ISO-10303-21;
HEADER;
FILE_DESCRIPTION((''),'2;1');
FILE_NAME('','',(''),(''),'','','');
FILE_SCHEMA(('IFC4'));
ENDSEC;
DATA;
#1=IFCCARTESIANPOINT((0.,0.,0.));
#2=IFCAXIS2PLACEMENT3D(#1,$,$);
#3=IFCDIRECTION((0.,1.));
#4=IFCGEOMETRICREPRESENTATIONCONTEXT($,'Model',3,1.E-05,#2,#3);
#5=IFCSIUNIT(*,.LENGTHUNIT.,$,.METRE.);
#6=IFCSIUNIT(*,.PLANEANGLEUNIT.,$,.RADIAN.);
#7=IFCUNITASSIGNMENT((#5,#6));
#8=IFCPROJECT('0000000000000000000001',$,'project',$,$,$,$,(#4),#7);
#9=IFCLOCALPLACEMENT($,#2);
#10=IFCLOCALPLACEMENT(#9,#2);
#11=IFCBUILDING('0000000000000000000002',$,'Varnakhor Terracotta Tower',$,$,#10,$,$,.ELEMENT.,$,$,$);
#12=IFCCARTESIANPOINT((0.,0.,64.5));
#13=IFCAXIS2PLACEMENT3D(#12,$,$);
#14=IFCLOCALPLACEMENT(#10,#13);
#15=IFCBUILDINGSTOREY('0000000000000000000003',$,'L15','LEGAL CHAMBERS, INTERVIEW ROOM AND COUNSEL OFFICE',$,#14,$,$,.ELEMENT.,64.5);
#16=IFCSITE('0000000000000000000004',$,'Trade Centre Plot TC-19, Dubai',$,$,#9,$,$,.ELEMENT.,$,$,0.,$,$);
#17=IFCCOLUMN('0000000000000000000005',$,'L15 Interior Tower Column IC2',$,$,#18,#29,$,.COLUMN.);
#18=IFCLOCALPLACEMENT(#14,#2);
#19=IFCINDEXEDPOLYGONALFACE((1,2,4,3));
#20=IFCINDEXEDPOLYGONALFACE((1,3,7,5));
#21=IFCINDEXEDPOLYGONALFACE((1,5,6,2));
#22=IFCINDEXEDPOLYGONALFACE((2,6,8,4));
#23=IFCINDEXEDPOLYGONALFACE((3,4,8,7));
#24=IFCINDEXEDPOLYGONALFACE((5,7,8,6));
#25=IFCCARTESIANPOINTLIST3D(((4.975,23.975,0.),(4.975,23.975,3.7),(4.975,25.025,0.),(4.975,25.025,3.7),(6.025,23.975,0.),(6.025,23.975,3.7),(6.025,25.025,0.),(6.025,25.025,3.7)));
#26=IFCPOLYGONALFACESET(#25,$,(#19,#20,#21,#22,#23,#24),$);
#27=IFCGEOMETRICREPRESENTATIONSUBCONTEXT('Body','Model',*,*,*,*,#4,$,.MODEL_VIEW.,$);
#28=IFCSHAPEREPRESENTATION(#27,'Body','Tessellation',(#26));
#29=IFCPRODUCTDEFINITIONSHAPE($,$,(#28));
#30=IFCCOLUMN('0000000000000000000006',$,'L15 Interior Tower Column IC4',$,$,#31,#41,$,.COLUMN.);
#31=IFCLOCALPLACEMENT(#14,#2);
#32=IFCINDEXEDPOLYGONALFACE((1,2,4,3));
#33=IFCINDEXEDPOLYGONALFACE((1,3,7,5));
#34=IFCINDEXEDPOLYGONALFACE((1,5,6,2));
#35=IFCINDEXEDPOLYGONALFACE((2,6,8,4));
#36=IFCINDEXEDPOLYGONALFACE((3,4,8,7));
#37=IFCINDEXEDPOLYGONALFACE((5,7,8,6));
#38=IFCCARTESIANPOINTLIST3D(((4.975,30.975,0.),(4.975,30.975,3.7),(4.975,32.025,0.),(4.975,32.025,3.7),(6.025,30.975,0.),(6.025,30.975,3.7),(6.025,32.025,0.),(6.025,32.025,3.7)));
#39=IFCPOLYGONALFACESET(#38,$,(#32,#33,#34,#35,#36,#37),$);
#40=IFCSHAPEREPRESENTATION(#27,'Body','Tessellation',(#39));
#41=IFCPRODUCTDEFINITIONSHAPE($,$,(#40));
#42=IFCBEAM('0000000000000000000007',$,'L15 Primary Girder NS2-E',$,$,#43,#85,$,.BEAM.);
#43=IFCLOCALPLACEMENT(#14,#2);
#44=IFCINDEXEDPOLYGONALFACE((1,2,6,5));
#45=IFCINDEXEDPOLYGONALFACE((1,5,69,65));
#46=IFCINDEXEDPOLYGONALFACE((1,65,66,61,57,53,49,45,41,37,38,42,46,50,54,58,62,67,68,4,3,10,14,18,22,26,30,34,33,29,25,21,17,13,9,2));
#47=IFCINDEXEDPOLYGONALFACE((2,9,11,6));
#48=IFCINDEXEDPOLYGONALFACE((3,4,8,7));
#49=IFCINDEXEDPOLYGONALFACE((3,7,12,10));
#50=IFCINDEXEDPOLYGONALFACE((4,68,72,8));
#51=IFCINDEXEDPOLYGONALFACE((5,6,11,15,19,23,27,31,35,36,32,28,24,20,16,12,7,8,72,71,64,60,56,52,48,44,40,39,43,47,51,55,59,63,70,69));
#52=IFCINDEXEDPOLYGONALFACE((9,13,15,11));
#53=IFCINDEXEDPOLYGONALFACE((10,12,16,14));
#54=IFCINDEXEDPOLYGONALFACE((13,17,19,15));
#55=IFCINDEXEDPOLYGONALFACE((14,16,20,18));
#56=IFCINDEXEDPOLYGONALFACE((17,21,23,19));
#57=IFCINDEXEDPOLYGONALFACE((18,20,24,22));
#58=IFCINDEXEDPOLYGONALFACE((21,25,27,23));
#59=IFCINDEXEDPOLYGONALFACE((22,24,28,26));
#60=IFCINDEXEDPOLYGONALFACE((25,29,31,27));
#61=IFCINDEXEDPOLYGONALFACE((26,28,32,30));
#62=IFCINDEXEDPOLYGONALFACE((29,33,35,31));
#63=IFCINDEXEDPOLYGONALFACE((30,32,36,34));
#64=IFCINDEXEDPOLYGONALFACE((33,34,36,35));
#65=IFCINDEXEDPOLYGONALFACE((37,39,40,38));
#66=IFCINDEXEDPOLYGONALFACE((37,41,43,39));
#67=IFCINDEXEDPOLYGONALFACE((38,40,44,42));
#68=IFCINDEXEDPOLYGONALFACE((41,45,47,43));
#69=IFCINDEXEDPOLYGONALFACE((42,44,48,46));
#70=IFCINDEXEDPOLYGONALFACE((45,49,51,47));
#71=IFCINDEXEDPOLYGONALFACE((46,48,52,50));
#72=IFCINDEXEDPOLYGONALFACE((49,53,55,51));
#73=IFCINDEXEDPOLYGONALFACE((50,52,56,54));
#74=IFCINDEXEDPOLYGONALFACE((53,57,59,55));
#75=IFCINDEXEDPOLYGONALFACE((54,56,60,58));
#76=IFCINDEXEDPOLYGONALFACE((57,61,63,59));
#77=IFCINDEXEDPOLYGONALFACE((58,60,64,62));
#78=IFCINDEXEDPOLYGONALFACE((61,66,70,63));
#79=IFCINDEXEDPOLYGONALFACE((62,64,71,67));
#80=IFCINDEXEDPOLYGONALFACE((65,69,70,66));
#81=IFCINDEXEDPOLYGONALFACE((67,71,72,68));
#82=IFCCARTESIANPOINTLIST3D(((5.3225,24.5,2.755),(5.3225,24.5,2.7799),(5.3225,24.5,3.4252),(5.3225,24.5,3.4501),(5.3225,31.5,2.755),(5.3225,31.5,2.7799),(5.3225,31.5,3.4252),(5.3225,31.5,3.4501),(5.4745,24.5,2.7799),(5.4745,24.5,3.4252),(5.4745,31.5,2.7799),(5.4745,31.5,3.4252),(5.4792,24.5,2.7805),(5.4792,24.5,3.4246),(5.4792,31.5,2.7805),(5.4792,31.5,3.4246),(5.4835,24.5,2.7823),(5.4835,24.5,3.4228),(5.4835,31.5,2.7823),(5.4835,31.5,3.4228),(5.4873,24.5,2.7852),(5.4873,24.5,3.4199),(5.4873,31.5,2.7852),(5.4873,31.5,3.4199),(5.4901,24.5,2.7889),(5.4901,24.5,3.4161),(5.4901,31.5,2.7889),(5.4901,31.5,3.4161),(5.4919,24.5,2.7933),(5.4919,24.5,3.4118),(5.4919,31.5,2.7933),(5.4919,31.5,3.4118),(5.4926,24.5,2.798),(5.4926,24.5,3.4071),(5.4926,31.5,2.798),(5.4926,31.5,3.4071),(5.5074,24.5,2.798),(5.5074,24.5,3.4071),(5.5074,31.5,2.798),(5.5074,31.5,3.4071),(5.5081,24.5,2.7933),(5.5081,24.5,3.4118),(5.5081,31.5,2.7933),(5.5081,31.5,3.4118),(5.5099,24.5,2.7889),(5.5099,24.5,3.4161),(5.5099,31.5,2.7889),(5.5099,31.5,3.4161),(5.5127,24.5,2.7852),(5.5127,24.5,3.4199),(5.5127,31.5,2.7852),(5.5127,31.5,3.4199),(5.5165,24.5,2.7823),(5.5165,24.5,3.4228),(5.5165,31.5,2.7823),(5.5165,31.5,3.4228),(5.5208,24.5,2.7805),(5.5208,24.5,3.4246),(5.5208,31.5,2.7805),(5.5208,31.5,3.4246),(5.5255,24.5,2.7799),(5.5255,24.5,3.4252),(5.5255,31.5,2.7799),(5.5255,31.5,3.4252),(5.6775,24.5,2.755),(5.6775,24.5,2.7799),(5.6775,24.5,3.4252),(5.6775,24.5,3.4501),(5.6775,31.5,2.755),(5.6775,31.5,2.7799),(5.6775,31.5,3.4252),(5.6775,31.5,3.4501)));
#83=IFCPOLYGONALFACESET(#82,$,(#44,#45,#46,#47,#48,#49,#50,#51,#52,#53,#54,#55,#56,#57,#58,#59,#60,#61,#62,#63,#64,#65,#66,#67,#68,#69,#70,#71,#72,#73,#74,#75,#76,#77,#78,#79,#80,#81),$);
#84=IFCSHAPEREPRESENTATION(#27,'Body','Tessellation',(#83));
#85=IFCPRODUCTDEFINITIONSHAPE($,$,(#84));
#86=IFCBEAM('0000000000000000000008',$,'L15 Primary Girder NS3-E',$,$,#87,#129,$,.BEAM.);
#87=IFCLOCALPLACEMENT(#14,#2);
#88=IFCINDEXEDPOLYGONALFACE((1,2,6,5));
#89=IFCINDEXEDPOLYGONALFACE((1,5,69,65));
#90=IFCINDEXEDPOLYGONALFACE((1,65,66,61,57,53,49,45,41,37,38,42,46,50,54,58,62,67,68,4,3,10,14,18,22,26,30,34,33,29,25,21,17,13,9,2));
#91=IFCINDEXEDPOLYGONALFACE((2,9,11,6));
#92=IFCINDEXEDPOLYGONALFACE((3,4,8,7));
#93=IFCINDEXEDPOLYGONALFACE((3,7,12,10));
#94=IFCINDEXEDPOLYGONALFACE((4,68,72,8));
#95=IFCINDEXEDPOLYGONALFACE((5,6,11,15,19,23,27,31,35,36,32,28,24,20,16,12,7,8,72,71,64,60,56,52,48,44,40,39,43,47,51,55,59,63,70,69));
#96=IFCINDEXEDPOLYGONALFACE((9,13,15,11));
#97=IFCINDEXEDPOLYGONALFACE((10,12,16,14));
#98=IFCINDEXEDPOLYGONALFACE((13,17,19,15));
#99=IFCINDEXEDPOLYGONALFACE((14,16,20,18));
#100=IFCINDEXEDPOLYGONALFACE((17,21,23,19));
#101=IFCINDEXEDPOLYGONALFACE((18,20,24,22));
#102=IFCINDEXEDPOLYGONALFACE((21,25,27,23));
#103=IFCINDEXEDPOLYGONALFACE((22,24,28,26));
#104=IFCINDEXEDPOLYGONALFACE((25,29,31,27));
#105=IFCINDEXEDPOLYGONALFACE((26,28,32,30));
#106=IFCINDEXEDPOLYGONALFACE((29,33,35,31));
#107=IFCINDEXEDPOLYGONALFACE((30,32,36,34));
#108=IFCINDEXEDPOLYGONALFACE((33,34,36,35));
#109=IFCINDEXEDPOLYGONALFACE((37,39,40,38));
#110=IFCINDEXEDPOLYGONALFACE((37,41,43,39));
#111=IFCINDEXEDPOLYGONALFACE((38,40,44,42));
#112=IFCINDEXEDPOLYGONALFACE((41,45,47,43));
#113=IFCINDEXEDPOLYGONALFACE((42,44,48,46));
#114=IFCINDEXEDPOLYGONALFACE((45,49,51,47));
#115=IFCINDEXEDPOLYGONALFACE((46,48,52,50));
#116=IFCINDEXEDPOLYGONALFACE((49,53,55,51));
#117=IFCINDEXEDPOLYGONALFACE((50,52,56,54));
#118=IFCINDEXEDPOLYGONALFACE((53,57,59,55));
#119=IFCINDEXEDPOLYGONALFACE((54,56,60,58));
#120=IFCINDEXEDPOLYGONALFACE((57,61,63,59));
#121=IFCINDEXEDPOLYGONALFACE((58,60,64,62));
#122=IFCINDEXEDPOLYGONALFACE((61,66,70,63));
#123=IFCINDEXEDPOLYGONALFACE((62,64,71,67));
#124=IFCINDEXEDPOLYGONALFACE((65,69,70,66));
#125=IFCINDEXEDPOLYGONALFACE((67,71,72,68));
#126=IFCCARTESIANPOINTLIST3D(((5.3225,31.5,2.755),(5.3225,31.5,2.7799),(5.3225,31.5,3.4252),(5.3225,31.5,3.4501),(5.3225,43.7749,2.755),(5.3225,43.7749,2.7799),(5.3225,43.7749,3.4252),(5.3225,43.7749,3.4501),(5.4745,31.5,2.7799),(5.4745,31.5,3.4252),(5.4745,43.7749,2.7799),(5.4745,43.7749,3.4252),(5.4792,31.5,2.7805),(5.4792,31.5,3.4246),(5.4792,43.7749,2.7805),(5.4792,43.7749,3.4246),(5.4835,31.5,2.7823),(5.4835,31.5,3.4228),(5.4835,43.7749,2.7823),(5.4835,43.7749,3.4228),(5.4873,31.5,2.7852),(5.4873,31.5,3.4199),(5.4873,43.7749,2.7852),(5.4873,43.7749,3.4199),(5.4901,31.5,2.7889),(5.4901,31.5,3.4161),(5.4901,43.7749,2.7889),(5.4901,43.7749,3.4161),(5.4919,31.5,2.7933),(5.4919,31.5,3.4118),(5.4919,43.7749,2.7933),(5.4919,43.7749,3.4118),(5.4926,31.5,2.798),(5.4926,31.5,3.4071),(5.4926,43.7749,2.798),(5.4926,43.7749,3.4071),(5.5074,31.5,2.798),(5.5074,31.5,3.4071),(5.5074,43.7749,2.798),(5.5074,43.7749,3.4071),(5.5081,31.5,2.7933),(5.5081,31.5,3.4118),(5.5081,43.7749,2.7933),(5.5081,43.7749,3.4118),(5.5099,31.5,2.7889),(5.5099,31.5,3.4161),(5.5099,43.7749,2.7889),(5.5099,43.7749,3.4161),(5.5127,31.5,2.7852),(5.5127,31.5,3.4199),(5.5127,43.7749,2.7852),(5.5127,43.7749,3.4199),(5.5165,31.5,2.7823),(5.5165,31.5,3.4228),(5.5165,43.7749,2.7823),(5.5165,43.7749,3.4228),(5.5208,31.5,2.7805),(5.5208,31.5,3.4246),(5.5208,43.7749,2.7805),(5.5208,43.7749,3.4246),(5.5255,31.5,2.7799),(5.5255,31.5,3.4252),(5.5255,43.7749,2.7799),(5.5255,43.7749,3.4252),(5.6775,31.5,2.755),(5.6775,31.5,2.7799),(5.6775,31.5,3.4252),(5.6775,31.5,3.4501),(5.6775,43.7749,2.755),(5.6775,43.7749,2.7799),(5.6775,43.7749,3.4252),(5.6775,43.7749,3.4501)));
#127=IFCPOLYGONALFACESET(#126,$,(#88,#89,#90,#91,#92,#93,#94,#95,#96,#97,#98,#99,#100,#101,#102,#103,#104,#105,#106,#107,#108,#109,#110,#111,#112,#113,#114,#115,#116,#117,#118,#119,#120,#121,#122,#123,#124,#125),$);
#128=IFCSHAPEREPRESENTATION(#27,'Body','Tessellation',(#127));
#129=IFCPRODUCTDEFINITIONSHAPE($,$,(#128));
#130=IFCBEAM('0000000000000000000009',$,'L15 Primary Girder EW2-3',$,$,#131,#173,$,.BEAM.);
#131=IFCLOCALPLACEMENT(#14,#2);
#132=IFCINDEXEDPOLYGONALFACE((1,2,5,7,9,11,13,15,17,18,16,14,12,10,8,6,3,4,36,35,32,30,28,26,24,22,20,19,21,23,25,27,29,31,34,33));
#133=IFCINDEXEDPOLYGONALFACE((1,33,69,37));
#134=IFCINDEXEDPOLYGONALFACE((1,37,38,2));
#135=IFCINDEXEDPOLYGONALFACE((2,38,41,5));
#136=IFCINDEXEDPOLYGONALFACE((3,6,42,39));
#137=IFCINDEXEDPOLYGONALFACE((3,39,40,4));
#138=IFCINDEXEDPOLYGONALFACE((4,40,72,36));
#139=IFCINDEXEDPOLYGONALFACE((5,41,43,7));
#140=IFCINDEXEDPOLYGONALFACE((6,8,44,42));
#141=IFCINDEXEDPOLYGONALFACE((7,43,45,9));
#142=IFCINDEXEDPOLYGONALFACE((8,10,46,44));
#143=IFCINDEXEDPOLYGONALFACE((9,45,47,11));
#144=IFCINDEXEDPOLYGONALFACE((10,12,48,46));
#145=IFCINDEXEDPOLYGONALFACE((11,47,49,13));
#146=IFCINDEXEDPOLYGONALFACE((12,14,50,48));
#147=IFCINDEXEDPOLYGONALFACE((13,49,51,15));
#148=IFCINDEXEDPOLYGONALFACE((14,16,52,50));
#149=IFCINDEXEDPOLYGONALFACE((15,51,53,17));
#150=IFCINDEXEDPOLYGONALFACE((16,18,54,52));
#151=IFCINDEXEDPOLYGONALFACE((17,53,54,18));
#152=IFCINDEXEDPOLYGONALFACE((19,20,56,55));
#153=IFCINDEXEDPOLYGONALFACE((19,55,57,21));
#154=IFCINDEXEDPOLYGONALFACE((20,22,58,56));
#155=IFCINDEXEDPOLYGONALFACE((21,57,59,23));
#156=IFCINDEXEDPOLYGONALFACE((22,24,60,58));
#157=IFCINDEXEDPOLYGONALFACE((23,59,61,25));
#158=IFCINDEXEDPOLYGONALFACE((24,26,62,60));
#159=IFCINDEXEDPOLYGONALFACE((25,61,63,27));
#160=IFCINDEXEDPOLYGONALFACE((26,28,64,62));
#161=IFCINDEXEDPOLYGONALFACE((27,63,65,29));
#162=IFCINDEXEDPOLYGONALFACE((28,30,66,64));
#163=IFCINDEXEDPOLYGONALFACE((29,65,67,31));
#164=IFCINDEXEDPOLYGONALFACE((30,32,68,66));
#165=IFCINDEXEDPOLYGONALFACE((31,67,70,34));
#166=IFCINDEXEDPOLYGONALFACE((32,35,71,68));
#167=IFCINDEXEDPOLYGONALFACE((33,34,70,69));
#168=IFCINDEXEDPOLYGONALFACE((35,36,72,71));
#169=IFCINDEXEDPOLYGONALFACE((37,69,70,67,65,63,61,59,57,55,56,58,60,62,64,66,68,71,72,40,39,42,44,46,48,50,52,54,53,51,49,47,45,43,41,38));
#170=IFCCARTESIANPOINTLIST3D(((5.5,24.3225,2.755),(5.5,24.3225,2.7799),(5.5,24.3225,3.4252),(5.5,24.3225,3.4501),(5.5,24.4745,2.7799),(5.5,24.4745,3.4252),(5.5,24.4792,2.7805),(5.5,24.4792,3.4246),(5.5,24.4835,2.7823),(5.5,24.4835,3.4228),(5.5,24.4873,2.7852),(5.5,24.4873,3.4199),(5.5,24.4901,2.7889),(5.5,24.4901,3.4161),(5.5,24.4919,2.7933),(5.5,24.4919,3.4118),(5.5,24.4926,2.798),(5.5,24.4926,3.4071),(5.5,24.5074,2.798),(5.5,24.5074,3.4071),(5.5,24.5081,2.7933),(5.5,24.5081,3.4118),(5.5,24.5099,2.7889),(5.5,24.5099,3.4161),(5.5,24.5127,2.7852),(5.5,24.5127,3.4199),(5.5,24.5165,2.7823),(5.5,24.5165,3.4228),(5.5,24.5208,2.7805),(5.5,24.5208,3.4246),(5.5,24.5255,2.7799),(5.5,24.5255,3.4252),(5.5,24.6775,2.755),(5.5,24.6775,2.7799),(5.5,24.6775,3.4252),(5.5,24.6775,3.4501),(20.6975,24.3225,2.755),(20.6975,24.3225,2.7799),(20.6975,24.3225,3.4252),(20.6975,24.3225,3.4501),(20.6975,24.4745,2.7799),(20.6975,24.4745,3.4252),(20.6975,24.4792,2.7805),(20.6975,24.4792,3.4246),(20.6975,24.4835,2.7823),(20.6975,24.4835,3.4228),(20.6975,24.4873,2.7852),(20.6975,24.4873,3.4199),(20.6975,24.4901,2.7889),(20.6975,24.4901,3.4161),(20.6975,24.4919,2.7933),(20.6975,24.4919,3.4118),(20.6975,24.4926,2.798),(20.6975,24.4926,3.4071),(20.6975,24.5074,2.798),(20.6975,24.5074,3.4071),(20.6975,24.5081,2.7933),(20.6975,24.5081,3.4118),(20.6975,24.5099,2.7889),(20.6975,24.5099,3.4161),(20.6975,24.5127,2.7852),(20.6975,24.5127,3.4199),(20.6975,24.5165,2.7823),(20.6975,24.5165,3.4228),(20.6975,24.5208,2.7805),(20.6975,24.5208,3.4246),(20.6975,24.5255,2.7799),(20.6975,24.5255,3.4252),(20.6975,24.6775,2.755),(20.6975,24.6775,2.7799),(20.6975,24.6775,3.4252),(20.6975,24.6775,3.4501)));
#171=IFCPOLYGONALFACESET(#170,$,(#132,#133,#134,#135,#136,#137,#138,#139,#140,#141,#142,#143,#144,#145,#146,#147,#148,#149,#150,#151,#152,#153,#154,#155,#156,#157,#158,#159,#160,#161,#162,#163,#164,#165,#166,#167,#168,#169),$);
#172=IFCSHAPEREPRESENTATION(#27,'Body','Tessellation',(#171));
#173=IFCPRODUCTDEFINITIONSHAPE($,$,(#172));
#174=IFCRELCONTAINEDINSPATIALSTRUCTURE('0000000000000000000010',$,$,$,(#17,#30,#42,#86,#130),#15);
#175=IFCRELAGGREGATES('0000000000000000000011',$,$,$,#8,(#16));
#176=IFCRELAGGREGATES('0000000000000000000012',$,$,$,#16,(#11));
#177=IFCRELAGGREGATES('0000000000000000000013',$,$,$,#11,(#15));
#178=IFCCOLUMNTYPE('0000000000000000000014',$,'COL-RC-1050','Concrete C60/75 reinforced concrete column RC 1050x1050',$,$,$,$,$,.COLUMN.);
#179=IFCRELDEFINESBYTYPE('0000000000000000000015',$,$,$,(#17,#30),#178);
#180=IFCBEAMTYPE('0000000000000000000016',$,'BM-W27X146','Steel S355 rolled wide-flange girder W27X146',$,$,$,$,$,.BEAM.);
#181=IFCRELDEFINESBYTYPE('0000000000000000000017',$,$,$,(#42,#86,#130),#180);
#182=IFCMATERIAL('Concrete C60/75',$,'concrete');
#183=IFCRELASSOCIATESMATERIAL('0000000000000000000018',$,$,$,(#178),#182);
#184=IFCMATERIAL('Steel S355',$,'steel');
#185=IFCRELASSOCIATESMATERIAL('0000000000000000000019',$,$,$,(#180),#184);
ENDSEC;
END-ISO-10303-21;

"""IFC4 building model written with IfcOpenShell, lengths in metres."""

from ifc_helpers import new_model, si_unit, direction, frame, origin, origin_2d, place, context, subcontext, project, spatial, rectangle, i_section, extrude, source, transform, mapped, material, material_profile, profile_set, type_object, element, save


model = new_model("IFC4")

# Units and contexts
model_context = context("Model", 3, precision=1e-05, world=origin(), true_north=direction((0.0, 1.0)))
body_context = subcontext(model_context, "Body", "Model", "MODEL_VIEW")
ifc_project = project(units=[si_unit("LENGTHUNIT", "METRE"), si_unit("PLANEANGLEUNIT", "RADIAN")], contexts=[model_context])

# Site, building, storey
site_placement = place(None, origin())
site = spatial("IfcSite", under=ifc_project, at=site_placement, Name="Trade Centre Plot TC-19, Dubai", CompositionType="ELEMENT", RefElevation=0.0)
building_placement = place(site_placement, origin())
building = spatial("IfcBuilding", under=site, at=building_placement, Name="Varnakhor Terracotta Tower", CompositionType="ELEMENT")
storey_placement = place(building_placement, frame((0.0, 0.0, 64.5)))
storey = spatial("IfcBuildingStorey", under=building, at=storey_placement, Name="L15", Description="LEGAL CHAMBERS, INTERVIEW ROOM AND COUNSEL OFFICE", CompositionType="ELEMENT", Elevation=64.5)

# Columns
ifc_material_1 = material(Name="Concrete C60/75", Category="concrete")
ifc_material_profile_1 = material_profile(ifc_material_1, rectangle(XDim=1.05, YDim=1.05, at=origin_2d()), Name="RC 1050x1050")
ifc_profile_set_1 = profile_set([ifc_material_profile_1], Name="Concrete C60/75")
column_type = type_object("IfcColumnType", Name="COL-RC-1050", Description="Concrete C60/75 reinforced concrete column RC 1050x1050", PredefinedType="COLUMN", material=ifc_profile_set_1)
shared_shape_1 = source(origin(), body_context, "Body", "SweptSolid", [
    extrude(rectangle(XDim=1.05, YDim=1.05, at=origin_2d()), origin(), (0.0, 0.0, 1.0), 3.7),
])
for number, where, z_axis, x_axis, name in (
    (1, (5.5, 24.5, 0.0), (0.0, 0.0, 1.0), (1.0, 0.0, 0.0), "L15 Interior Tower Column IC2"),
    (2, (5.5, 31.5, 0.0), (0.0, 0.0, 1.0), (1.0, 0.0, 0.0), "L15 Interior Tower Column IC4"),
):
    element("IfcColumn", number, at=place(storey_placement, frame(where, z_axis=z_axis, x_axis=x_axis)), inside=storey, type_object=column_type, Name=name, PredefinedType="COLUMN", context=body_context, shape_type="MappedRepresentation", body=[
        mapped(shared_shape_1, transform((0.0, 0.0, 0.0), scale=1.0)),
    ])

# Beams
ifc_material_2 = material(Name="Steel S355", Category="steel")
ifc_material_profile_2 = material_profile(ifc_material_2, i_section(OverallWidth=0.355, OverallDepth=0.6951, WebThickness=0.0149, FlangeThickness=0.0249, FilletRadius=0.0181, at=origin_2d()), Name="W27X146")
ifc_profile_set_2 = profile_set([ifc_material_profile_2], Name="Steel S355")
beam_type_1 = type_object("IfcBeamType", Name="BM-W27X146", Description="Steel S355 rolled wide-flange girder W27X146", PredefinedType="BEAM", material=ifc_profile_set_2)
shared_shape_2 = source(origin(), body_context, "Body", "SweptSolid", [
    extrude(i_section(OverallWidth=0.355, OverallDepth=0.6951, WebThickness=0.0149, FlangeThickness=0.0249, FilletRadius=0.0181, at=origin_2d()), origin(), (0.0, 0.0, 1.0), 7.0),
])
beam_1_placement = place(storey_placement, frame((5.5, 24.5, 3.1025), z_axis=(0.0, 1.0, 0.0), x_axis=(-1.0, 0.0, 0.0)))
element("IfcBeam", 3, at=beam_1_placement, inside=storey, type_object=beam_type_1, Name="L15 Primary Girder NS2-E", PredefinedType="BEAM", context=body_context, shape_type="MappedRepresentation", body=[
    mapped(shared_shape_2, transform((0.0, 0.0, 0.0), scale=1.0)),
])
shared_shape_3 = source(origin(), body_context, "Body", "SweptSolid", [
    extrude(i_section(OverallWidth=0.355, OverallDepth=0.6951, WebThickness=0.0149, FlangeThickness=0.0249, FilletRadius=0.0181, at=origin_2d()), origin(), (0.0, 0.0, 1.0), 12.2749),
])
beam_2_placement = place(storey_placement, frame((5.5, 31.5, 3.1025), z_axis=(0.0, 1.0, 0.0), x_axis=(-1.0, 0.0, 0.0)))
element("IfcBeam", 4, at=beam_2_placement, inside=storey, type_object=beam_type_1, Name="L15 Primary Girder NS3-E", PredefinedType="BEAM", context=body_context, shape_type="MappedRepresentation", body=[
    mapped(shared_shape_3, transform((0.0, 0.0, 0.0), scale=1.0)),
])
shared_shape_4 = source(origin(), body_context, "Body", "SweptSolid", [
    extrude(i_section(OverallWidth=0.355, OverallDepth=0.6951, WebThickness=0.0149, FlangeThickness=0.0249, FilletRadius=0.0181, at=origin_2d()), origin(), (0.0, 0.0, 1.0), 15.1975),
])
beam_3_placement = place(storey_placement, frame((5.5, 24.5, 3.1025), z_axis=(1.0, 0.0, 0.0), x_axis=(0.0, 1.0, 0.0)))
element("IfcBeam", 5, at=beam_3_placement, inside=storey, type_object=beam_type_1, Name="L15 Primary Girder EW2-3", PredefinedType="BEAM", context=body_context, shape_type="MappedRepresentation", body=[
    mapped(shared_shape_4, transform((0.0, 0.0, 0.0), scale=1.0)),
])

save(model, "model.ifc")
